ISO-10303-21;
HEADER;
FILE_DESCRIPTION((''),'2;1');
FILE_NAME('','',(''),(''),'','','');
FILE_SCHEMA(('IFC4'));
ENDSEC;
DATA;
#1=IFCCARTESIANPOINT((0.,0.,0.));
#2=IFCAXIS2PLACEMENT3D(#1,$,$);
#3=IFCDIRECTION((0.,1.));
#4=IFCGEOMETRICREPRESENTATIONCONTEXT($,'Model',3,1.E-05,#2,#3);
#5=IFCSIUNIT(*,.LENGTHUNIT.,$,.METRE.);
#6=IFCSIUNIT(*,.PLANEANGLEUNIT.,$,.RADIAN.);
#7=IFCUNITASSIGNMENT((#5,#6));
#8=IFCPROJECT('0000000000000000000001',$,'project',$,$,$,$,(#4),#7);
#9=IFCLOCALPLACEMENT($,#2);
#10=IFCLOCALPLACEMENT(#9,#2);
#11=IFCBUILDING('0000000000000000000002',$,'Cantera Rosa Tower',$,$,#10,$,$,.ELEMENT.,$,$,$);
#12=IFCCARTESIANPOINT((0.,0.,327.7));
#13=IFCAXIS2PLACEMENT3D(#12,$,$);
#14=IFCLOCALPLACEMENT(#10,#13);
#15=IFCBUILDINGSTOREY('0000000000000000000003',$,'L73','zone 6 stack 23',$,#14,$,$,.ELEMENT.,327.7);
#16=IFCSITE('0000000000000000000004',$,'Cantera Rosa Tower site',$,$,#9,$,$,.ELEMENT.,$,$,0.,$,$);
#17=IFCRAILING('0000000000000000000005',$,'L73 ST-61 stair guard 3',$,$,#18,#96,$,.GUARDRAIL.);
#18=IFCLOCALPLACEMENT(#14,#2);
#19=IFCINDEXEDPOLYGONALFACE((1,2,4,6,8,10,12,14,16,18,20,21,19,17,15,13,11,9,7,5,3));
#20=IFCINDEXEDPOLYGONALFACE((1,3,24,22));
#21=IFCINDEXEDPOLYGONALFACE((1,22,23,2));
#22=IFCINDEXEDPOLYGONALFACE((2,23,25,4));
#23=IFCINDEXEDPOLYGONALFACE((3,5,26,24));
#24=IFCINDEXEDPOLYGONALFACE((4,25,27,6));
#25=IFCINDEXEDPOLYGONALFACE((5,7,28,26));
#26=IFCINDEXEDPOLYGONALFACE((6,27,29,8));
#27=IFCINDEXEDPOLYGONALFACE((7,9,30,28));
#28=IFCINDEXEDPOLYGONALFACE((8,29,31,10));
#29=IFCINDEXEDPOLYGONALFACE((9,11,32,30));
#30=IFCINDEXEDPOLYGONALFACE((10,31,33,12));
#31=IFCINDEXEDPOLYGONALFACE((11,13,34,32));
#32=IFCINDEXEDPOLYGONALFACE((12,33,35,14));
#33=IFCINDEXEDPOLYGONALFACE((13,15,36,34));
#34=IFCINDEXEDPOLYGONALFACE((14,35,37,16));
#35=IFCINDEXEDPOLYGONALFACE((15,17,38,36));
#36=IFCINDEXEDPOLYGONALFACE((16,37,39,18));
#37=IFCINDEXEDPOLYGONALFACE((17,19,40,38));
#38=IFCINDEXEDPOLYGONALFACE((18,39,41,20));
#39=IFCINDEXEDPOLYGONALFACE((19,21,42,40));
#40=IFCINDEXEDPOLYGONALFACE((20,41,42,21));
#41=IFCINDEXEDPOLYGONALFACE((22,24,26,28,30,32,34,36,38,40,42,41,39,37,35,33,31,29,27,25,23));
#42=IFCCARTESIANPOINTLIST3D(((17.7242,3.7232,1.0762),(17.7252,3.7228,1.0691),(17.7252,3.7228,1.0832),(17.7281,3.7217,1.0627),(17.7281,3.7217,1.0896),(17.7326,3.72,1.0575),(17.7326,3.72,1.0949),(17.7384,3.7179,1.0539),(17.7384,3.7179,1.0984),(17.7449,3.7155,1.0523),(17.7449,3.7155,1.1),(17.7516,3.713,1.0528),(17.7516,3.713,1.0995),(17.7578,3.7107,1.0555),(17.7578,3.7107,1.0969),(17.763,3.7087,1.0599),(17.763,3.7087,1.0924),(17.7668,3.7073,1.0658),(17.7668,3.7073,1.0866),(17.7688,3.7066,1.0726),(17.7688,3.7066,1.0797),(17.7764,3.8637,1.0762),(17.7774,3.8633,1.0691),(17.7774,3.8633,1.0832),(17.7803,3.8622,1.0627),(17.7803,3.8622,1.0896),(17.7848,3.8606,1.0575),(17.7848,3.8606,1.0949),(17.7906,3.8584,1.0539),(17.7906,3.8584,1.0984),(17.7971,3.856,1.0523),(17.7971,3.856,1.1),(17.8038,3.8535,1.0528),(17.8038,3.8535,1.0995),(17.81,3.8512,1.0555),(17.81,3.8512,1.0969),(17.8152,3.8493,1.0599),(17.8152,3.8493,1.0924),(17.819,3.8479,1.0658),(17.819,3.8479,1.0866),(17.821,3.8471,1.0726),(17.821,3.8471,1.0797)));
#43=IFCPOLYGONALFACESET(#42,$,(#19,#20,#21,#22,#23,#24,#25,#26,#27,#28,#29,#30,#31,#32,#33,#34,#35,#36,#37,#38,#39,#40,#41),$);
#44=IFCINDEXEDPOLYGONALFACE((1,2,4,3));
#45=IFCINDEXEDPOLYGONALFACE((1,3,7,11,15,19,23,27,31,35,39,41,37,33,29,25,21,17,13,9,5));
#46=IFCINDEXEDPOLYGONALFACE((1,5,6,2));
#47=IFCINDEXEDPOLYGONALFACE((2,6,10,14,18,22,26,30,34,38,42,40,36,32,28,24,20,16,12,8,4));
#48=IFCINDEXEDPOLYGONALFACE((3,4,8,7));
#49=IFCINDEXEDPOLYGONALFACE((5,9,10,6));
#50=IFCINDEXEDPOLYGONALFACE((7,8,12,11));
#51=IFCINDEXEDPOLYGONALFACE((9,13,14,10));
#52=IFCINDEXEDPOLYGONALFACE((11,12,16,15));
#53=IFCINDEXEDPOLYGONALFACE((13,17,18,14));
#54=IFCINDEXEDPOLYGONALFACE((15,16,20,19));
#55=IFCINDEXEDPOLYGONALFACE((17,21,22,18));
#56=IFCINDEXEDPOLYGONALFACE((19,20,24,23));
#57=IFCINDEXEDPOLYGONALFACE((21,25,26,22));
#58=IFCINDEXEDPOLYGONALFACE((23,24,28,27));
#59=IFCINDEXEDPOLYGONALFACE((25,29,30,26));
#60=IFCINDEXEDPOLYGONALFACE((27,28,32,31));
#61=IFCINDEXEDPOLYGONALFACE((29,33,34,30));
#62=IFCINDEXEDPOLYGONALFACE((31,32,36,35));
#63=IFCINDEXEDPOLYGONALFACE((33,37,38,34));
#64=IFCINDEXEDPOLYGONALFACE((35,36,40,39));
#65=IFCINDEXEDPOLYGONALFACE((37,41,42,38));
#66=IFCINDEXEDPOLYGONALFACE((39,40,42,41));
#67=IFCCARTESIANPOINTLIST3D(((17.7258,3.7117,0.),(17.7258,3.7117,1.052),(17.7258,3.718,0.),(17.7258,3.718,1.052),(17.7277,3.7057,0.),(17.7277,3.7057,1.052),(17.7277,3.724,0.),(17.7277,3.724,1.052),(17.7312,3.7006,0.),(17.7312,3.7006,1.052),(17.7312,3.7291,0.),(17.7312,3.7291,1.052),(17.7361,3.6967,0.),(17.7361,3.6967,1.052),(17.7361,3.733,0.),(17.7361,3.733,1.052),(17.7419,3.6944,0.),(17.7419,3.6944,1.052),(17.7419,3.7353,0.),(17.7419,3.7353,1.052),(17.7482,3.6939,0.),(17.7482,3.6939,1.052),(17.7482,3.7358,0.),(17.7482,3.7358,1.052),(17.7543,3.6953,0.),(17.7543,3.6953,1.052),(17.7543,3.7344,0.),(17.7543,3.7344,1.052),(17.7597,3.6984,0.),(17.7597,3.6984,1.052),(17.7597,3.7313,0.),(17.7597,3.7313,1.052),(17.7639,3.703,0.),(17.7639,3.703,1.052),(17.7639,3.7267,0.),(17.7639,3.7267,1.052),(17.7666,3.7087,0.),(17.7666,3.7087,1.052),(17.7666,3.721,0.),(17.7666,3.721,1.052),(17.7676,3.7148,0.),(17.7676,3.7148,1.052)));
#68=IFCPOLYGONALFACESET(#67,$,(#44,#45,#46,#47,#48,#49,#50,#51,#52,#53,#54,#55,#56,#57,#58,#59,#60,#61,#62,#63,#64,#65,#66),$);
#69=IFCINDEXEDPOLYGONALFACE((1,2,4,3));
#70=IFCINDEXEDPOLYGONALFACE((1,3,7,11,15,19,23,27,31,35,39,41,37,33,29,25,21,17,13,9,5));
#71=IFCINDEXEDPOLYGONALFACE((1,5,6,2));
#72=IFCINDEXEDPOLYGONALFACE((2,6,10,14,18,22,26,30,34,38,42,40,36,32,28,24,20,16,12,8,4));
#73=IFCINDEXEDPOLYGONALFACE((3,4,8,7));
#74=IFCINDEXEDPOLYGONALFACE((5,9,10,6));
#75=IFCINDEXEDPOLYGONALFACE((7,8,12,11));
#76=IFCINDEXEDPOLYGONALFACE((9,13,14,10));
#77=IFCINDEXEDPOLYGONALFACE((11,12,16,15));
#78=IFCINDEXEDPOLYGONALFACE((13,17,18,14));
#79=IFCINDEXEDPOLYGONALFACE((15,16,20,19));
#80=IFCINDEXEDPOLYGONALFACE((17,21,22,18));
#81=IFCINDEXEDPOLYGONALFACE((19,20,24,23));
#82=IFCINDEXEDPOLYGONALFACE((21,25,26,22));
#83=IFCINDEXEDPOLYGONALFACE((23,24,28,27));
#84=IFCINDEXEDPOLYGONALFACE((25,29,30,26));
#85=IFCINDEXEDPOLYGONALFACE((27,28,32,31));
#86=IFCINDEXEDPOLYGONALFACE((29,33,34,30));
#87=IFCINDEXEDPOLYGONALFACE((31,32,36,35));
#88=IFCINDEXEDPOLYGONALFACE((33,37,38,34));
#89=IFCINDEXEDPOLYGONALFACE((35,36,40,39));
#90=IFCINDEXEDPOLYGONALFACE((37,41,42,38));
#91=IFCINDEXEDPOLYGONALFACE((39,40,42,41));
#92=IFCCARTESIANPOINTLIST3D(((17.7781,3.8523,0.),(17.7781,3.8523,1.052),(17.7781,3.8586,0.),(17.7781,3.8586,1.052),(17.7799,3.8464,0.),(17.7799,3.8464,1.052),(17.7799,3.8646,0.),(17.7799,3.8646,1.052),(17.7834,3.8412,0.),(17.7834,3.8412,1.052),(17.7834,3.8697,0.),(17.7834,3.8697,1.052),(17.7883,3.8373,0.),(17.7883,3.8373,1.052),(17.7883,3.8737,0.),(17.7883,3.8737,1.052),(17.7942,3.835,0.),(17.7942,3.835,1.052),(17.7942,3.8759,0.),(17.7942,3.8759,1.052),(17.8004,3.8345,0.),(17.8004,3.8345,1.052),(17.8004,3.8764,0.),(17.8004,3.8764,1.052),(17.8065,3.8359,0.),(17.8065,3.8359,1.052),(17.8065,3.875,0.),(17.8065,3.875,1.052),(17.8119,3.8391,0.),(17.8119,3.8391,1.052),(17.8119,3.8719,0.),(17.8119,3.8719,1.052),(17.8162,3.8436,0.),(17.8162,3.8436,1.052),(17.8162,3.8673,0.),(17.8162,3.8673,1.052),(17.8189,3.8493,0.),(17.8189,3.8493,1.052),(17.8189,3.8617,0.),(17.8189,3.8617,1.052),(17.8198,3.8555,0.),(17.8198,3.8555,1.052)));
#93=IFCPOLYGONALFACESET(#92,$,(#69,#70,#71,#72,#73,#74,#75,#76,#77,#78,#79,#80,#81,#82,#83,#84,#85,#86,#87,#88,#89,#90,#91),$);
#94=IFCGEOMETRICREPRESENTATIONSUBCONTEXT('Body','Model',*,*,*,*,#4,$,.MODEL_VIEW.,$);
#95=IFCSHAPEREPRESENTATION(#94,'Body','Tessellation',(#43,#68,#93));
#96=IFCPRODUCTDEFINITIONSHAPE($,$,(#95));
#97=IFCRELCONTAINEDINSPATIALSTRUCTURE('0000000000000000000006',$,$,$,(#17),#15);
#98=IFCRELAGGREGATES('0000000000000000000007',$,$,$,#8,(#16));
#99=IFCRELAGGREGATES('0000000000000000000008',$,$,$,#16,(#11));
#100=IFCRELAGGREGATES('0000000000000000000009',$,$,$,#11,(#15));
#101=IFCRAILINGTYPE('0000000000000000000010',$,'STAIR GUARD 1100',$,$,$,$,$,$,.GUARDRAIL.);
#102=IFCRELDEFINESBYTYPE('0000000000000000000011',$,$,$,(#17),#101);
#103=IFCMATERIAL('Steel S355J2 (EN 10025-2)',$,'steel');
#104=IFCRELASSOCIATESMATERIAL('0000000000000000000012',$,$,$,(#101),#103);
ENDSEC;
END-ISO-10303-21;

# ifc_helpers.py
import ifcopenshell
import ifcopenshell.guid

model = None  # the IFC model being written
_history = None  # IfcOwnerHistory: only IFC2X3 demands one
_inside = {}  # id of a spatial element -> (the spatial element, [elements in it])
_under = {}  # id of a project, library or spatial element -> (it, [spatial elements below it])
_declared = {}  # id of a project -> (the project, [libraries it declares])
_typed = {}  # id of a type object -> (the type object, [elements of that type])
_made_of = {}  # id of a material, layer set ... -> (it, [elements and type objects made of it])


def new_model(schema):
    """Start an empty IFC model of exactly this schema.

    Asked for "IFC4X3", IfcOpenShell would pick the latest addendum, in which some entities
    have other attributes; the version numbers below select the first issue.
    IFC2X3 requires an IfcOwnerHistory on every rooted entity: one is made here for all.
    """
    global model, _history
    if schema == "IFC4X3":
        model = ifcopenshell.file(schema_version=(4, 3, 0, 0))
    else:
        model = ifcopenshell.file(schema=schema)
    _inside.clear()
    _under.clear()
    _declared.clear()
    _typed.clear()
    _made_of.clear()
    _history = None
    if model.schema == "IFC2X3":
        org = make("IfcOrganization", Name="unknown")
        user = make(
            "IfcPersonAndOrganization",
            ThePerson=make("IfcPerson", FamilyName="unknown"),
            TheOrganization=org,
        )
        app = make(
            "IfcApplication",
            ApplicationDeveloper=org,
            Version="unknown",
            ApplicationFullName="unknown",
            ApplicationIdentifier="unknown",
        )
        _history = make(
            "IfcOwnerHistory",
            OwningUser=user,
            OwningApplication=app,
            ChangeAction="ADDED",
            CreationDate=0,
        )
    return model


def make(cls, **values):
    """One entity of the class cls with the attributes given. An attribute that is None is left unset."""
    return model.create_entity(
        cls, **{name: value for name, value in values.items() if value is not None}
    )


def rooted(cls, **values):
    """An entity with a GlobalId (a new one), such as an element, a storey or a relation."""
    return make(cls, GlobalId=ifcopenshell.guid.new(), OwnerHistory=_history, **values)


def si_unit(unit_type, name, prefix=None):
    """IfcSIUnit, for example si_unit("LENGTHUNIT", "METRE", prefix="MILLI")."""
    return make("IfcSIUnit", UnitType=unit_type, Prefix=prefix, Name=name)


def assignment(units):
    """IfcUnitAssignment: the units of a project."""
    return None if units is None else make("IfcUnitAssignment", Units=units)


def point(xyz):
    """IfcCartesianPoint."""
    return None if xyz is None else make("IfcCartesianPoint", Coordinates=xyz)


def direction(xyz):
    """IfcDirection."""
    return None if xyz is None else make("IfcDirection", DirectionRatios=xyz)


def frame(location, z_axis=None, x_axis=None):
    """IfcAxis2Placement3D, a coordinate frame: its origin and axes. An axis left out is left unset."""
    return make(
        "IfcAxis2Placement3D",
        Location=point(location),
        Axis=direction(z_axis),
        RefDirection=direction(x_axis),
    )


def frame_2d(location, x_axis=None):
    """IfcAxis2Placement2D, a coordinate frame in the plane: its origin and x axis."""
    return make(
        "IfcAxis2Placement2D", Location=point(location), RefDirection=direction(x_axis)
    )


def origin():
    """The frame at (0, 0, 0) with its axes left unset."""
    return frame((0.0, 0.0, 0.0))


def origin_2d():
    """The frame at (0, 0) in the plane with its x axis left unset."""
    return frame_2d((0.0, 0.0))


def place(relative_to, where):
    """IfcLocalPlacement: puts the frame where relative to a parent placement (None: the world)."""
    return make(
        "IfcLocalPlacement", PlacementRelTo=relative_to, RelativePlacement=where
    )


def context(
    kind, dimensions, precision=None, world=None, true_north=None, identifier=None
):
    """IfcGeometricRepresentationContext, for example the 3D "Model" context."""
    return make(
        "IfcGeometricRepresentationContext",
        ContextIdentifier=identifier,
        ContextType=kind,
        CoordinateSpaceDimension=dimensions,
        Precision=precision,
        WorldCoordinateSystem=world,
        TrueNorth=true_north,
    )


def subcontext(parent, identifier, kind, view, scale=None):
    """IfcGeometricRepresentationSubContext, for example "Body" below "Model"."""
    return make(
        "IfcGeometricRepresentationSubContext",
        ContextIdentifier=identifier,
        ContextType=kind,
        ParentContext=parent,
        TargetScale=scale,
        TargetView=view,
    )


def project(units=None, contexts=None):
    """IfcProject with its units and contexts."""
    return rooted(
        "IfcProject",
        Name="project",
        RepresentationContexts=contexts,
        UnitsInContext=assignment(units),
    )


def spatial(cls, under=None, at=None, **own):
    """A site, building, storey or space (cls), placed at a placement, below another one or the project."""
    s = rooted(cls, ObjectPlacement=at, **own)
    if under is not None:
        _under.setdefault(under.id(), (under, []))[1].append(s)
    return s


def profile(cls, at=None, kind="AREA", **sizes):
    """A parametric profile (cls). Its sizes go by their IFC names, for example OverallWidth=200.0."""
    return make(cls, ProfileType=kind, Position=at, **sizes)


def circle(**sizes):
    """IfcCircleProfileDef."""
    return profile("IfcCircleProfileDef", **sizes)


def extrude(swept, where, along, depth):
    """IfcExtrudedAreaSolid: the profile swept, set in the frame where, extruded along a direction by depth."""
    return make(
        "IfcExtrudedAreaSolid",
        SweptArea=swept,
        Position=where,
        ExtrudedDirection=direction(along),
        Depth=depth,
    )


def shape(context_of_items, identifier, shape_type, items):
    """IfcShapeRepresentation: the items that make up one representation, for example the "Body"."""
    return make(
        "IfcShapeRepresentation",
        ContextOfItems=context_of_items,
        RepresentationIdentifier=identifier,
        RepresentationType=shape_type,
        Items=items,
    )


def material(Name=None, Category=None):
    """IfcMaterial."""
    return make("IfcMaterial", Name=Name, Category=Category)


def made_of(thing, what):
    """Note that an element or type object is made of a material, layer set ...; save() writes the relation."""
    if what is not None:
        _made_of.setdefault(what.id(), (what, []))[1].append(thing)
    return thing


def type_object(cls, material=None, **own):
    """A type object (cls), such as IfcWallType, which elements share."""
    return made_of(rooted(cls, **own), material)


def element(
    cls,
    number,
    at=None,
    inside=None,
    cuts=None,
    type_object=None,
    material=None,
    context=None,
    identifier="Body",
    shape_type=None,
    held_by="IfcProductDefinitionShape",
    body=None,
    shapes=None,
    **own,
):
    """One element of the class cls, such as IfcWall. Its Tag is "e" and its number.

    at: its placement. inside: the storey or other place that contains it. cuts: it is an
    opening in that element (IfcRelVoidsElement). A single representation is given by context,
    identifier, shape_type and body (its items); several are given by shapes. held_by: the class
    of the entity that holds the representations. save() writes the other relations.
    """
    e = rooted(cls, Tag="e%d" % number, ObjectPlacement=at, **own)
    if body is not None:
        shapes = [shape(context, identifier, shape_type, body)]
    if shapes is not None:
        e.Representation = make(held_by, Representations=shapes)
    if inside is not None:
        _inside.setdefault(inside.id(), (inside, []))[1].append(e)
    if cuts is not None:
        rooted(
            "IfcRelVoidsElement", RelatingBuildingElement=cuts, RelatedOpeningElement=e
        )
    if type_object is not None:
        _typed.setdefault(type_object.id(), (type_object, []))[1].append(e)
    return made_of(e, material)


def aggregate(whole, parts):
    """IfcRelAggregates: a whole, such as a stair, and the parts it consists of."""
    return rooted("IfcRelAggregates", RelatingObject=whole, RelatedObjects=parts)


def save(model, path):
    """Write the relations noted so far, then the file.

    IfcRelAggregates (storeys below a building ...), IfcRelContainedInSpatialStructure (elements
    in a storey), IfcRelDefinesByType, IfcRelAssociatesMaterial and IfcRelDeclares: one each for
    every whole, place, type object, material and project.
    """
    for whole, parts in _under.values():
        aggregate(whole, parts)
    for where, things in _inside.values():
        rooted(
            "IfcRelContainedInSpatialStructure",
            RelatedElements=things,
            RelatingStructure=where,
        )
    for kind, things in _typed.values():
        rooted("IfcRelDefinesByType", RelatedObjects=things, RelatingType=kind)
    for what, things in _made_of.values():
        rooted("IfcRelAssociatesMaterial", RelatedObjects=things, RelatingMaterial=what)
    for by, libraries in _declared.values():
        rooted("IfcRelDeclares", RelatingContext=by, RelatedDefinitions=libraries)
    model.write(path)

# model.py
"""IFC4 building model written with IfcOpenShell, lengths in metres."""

from ifc_helpers import new_model, si_unit, direction, frame, origin, origin_2d, place, context, subcontext, project, spatial, circle, extrude, material, type_object, element, save


model = new_model("IFC4")

# Units and contexts
model_context = context("Model", 3, precision=1e-05, world=origin(), true_north=direction((0.0, 1.0)))
body_context = subcontext(model_context, "Body", "Model", "MODEL_VIEW")
ifc_project = project(units=[si_unit("LENGTHUNIT", "METRE"), si_unit("PLANEANGLEUNIT", "RADIAN")], contexts=[model_context])

# Site, building, storey
site_placement = place(None, origin())
site = spatial("IfcSite", under=ifc_project, at=site_placement, Name="Cantera Rosa Tower site", CompositionType="ELEMENT", RefElevation=0.0)
building_placement = place(site_placement, origin())
building = spatial("IfcBuilding", under=site, at=building_placement, Name="Cantera Rosa Tower", CompositionType="ELEMENT")
storey_placement = place(building_placement, frame((0.0, 0.0, 327.7)))
storey = spatial("IfcBuildingStorey", under=building, at=storey_placement, Name="L73", Description="zone 6 stack 23", CompositionType="ELEMENT", Elevation=327.7)

# Railing
ifc_material_1 = material(Name="Steel S355J2 (EN 10025-2)", Category="steel")
railing_type_1 = type_object("IfcRailingType", Name="STAIR GUARD 1100", PredefinedType="GUARDRAIL", material=ifc_material_1)
railing_1_placement = place(storey_placement, frame((17.7466, 3.7148, 0.0)))
element("IfcRailing", 1, at=railing_1_placement, inside=storey, type_object=railing_type_1, Name="L73 ST-61 stair guard 3", PredefinedType="GUARDRAIL", context=body_context, shape_type="SweptSolid", body=[
    extrude(circle(Radius=0.0239, at=origin_2d()), frame((0.0, 0.0, 1.0762), z_axis=(0.348268, 0.937395, 0.0), x_axis=(-0.937395, 0.348268, 0.0)), (0.0, 0.0, 1.0), 0.1499),
    extrude(circle(Radius=0.021, at=origin_2d()), origin(), (0.0, 0.0, 1.0), 1.052),
    extrude(circle(Radius=0.021, at=origin_2d()), frame((0.0522, 0.1406, 0.0)), (0.0, 0.0, 1.0), 1.052),
])

save(model, "model.ifc")
